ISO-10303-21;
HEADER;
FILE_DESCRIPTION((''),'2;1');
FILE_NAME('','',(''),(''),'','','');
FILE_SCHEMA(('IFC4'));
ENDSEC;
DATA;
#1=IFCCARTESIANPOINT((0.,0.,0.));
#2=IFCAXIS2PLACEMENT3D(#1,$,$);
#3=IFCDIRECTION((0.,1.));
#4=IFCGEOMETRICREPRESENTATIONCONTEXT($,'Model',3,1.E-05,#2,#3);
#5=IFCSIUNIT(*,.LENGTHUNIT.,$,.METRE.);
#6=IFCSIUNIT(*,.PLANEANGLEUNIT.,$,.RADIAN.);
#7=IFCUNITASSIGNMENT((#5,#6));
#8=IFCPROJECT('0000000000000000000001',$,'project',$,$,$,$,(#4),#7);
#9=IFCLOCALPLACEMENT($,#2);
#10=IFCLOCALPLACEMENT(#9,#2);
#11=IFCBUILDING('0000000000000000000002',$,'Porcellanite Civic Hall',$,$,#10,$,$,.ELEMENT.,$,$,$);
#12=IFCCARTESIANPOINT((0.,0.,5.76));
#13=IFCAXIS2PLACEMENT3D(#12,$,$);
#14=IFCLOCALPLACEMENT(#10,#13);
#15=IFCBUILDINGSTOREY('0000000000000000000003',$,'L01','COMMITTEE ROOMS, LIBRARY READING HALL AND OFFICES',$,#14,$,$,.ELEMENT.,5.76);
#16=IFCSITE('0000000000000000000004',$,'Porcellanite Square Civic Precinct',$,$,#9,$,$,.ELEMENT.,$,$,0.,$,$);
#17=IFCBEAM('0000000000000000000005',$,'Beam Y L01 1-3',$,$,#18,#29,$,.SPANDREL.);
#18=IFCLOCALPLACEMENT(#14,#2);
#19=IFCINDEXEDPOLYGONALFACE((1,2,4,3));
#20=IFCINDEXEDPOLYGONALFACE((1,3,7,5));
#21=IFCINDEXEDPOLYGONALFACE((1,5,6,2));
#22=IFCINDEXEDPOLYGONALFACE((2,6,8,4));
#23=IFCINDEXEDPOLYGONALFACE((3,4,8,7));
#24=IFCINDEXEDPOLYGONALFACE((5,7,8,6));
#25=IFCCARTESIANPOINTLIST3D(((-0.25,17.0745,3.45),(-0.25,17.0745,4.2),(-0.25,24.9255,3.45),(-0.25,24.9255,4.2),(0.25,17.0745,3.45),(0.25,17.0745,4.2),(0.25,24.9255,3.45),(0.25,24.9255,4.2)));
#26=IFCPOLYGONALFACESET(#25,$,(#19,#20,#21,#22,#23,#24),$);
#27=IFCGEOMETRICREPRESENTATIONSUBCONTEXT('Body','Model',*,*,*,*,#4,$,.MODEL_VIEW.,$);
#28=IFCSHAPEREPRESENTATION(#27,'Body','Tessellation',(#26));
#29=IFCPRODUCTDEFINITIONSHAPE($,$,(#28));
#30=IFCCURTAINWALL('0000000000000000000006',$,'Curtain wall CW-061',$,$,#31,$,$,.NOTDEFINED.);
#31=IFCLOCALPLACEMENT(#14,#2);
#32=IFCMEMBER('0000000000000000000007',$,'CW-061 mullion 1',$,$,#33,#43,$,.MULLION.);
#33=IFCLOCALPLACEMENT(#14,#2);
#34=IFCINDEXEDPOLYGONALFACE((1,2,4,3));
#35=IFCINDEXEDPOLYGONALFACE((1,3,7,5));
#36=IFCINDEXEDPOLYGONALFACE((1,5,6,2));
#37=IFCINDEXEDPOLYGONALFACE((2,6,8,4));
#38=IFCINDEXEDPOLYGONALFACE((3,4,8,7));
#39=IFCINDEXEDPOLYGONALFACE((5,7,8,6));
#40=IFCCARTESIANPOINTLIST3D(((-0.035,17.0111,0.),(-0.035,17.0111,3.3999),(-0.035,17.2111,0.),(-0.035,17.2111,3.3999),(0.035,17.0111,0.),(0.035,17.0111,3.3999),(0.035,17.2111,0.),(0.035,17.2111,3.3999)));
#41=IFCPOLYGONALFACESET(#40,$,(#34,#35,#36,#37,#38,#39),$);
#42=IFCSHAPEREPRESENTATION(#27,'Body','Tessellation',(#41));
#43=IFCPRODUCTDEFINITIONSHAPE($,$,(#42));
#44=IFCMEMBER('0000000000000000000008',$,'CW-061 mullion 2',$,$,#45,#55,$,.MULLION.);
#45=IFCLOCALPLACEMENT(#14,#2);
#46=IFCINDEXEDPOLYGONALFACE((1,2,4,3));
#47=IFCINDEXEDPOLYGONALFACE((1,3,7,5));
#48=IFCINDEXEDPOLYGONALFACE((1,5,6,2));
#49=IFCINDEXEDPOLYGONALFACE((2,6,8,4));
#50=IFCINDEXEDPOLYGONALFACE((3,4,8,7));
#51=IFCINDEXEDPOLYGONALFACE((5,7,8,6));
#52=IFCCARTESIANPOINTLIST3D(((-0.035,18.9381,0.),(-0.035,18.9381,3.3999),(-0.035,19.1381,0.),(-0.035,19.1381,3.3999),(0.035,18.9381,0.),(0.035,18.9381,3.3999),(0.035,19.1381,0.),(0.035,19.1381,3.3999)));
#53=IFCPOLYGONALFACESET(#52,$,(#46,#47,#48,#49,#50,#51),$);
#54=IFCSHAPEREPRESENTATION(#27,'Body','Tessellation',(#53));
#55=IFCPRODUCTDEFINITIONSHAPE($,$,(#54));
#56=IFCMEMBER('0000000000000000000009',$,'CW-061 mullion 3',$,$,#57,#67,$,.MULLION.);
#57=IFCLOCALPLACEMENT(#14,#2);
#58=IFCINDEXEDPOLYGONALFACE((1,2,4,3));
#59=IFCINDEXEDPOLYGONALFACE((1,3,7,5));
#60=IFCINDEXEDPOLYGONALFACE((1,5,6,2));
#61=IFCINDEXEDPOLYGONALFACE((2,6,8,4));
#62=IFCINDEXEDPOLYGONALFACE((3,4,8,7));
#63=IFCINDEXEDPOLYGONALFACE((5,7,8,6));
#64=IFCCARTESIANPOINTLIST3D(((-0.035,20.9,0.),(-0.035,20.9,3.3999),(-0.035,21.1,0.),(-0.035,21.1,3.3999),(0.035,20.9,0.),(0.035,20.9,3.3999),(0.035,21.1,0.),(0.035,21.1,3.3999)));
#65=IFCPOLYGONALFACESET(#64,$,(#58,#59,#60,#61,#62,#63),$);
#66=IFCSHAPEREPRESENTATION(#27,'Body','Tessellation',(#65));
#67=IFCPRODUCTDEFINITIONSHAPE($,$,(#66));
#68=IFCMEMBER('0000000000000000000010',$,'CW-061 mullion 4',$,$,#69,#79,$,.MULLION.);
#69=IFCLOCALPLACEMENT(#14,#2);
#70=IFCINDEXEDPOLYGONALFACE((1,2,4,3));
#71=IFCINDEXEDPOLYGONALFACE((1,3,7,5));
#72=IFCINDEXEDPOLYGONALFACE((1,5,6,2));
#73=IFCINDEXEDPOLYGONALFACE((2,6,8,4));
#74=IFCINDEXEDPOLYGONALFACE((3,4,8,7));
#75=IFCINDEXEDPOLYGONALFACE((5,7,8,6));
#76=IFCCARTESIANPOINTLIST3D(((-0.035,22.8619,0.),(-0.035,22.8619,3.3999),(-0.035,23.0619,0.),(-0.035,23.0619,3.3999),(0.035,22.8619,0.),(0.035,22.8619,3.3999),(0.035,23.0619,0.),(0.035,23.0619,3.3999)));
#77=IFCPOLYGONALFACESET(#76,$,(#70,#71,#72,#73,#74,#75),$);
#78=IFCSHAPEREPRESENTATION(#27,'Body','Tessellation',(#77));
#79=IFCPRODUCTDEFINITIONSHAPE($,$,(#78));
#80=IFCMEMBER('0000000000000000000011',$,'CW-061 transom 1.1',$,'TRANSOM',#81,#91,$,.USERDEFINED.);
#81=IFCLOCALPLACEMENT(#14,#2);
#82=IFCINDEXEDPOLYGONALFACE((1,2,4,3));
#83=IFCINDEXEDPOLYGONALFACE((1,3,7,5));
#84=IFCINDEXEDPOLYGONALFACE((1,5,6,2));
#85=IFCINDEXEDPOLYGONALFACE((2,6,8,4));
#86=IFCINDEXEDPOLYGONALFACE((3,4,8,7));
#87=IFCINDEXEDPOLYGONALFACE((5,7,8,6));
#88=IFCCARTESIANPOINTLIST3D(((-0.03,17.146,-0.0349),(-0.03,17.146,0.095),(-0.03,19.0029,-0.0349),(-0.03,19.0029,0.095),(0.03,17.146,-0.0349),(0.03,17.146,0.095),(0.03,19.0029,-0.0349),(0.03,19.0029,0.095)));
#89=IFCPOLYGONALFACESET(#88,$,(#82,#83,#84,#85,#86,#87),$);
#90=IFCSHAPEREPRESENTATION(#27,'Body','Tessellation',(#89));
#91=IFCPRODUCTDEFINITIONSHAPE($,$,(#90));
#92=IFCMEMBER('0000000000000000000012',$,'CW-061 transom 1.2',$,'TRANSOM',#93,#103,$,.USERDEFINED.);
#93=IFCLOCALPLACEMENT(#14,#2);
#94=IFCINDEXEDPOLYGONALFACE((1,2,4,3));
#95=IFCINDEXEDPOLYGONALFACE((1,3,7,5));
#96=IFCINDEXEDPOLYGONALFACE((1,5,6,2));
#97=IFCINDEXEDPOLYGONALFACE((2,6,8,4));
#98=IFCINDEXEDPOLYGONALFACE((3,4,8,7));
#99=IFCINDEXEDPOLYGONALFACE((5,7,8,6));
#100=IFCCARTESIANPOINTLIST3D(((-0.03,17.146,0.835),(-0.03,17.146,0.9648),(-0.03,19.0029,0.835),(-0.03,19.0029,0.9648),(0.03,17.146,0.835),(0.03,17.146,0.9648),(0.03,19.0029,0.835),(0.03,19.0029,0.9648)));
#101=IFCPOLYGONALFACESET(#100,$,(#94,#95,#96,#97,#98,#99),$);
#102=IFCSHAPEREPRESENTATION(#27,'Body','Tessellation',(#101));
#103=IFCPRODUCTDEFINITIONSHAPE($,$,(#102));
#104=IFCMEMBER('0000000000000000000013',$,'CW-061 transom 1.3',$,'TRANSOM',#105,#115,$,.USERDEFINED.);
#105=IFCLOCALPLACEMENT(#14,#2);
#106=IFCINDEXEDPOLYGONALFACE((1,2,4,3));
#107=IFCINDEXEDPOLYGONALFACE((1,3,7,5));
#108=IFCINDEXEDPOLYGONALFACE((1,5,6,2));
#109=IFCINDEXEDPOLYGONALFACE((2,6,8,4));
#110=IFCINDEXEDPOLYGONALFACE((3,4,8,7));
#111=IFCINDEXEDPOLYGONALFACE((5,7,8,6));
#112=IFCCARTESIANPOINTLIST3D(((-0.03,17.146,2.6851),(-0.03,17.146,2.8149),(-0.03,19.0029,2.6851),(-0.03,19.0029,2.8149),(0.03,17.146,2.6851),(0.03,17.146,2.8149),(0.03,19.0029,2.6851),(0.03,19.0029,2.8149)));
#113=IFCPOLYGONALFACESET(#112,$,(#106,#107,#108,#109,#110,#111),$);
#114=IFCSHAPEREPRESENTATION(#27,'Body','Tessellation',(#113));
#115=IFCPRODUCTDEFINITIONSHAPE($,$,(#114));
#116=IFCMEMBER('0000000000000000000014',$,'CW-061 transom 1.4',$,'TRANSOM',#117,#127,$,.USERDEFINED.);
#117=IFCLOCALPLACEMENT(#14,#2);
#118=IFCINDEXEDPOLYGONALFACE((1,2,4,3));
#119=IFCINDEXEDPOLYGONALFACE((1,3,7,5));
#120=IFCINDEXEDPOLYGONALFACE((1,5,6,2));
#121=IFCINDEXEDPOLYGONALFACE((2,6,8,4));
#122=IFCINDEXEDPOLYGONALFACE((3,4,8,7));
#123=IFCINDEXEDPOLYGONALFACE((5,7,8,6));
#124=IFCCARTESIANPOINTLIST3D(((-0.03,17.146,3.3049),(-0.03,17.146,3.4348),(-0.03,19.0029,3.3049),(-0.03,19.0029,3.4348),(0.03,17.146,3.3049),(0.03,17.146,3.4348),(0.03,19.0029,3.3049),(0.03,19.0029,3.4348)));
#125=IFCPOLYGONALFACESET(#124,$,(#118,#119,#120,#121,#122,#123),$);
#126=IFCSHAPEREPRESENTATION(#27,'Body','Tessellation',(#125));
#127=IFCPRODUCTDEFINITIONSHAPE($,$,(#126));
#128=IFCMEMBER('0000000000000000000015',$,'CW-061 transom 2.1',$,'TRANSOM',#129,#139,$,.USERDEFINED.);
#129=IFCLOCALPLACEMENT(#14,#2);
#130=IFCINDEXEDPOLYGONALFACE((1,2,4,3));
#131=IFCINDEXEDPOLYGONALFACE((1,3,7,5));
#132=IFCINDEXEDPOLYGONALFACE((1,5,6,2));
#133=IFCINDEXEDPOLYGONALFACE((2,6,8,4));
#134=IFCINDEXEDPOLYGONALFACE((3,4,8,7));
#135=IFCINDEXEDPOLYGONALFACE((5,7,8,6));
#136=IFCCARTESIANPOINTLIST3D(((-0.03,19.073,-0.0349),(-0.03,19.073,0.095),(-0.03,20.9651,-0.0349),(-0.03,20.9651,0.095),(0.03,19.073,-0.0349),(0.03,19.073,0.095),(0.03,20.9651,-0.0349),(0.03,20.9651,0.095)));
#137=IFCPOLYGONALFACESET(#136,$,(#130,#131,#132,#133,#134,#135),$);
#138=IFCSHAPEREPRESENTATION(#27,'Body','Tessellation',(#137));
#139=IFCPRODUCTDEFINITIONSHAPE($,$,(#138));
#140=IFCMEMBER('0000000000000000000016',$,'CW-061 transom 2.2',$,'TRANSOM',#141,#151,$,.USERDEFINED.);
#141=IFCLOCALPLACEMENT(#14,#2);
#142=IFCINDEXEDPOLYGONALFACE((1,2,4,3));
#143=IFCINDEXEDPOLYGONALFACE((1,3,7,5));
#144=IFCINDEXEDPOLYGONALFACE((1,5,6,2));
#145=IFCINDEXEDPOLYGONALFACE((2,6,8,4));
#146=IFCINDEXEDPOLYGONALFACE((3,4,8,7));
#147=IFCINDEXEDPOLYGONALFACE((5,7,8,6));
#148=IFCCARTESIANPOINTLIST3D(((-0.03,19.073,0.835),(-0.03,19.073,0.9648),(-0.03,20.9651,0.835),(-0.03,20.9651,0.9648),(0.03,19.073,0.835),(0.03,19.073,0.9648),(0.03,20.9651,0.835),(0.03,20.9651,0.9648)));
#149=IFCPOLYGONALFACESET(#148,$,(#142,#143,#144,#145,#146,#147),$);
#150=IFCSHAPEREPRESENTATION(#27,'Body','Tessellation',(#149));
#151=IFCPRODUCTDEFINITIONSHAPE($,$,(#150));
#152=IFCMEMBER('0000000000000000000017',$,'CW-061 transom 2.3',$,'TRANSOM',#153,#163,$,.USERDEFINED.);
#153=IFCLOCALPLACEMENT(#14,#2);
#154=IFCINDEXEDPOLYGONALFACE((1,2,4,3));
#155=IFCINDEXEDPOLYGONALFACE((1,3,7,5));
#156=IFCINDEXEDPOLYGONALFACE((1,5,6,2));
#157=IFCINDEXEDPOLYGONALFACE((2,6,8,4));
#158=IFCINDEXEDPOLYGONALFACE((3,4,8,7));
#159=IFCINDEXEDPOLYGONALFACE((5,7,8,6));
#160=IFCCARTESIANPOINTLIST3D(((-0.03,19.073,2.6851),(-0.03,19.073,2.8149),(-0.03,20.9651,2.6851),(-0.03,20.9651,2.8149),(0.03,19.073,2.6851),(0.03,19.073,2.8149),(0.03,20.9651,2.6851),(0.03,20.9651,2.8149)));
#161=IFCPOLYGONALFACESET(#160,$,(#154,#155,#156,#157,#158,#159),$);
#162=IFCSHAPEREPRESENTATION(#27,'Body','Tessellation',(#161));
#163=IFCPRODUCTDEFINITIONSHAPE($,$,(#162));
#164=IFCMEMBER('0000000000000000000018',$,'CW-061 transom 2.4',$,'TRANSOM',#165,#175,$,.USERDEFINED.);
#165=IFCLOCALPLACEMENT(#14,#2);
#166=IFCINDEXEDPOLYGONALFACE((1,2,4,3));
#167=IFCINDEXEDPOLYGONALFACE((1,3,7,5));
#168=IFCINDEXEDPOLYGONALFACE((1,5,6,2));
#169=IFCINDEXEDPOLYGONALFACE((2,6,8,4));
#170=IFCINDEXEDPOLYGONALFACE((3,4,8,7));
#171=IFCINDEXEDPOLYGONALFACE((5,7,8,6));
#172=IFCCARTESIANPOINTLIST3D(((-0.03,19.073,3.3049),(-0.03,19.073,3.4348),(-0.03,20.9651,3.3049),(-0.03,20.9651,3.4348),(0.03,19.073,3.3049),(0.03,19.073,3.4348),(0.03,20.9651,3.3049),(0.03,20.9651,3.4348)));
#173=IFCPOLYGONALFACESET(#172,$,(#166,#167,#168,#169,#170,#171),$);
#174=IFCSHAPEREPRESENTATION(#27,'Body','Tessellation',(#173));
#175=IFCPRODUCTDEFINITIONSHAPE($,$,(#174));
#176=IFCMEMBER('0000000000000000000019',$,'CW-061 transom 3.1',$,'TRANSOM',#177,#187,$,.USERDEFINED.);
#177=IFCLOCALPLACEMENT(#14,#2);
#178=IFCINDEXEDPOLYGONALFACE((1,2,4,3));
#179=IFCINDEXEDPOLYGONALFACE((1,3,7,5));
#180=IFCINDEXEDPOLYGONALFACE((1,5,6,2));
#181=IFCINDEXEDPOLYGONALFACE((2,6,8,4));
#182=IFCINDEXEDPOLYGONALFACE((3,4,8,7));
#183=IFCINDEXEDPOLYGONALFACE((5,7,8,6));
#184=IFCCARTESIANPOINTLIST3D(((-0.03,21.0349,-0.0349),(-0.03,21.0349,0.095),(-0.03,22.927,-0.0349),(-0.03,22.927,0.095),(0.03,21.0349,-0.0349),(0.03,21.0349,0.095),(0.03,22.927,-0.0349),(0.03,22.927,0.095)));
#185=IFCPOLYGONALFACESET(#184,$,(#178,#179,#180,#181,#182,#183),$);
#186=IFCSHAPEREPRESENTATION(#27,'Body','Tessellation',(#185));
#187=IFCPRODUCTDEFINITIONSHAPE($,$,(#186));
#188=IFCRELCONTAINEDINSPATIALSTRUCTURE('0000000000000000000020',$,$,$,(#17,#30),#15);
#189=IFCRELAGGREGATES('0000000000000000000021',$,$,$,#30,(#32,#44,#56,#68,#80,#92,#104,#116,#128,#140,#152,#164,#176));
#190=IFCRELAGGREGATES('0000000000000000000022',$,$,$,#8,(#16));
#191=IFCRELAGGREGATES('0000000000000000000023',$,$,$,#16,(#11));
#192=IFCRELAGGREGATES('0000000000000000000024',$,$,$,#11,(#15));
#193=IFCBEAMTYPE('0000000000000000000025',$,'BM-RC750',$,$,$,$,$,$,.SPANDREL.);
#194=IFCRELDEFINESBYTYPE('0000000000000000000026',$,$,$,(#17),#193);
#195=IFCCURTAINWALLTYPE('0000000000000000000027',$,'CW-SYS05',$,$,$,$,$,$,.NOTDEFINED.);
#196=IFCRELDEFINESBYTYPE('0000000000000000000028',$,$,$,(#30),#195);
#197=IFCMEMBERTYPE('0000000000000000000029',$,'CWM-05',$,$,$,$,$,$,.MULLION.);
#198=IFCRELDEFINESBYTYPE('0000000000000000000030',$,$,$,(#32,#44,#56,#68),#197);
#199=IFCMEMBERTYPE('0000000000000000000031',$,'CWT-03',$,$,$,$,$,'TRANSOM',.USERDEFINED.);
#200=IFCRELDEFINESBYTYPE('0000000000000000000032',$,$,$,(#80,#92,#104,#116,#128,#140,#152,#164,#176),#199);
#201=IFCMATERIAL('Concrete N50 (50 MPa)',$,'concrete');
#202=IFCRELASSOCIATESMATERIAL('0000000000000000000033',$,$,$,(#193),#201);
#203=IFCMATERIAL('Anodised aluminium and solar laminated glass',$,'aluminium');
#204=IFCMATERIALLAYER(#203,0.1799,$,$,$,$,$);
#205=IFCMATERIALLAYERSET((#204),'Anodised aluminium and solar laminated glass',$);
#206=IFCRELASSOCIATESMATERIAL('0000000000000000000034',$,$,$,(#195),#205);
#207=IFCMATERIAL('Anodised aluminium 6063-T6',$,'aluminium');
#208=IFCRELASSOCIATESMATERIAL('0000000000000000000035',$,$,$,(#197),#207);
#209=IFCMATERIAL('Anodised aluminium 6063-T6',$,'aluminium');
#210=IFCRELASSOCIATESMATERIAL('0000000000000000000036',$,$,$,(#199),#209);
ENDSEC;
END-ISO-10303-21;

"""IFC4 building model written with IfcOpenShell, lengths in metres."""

from ifc_helpers import new_model, si_unit, direction, frame, origin, origin_2d, place, context, subcontext, project, spatial, rectangle, extrude, material, layer, layer_set, material_profile, profile_set, type_object, element, aggregate, save


model = new_model("IFC4")

# Units and contexts
model_context = context("Model", 3, precision=1e-05, world=origin(), true_north=direction((0.0, 1.0)))
body_context = subcontext(model_context, "Body", "Model", "MODEL_VIEW")
ifc_project = project(units=[si_unit("LENGTHUNIT", "METRE"), si_unit("PLANEANGLEUNIT", "RADIAN")], contexts=[model_context])

# Site, building, storey
site_placement = place(None, origin())
site = spatial("IfcSite", under=ifc_project, at=site_placement, Name="Porcellanite Square Civic Precinct", CompositionType="ELEMENT", RefElevation=0.0)
building_placement = place(site_placement, origin())
building = spatial("IfcBuilding", under=site, at=building_placement, Name="Porcellanite Civic Hall", CompositionType="ELEMENT")
storey_placement = place(building_placement, frame((0.0, 0.0, 5.76)))
storey = spatial("IfcBuildingStorey", under=building, at=storey_placement, Name="L01", Description="COMMITTEE ROOMS, LIBRARY READING HALL AND OFFICES", CompositionType="ELEMENT", Elevation=5.76)

# Beam
ifc_material_1 = material(Name="Concrete N50 (50 MPa)", Category="concrete")
ifc_material_profile_1 = material_profile(ifc_material_1, rectangle(XDim=0.5, YDim=0.75, at=origin_2d()), Name="RC-500x750")
ifc_profile_set_1 = profile_set([ifc_material_profile_1], Name="Concrete N50 (50 MPa)")
beam_type = type_object("IfcBeamType", Name="BM-RC750", PredefinedType="SPANDREL", material=ifc_profile_set_1)
beam_placement = place(storey_placement, frame((0.0, 17.0745, 3.825), z_axis=(0.0, 1.0, 0.0), x_axis=(-1.0, 0.0, 0.0)))
element("IfcBeam", 1, at=beam_placement, inside=storey, type_object=beam_type, Name="Beam Y L01 1-3", PredefinedType="SPANDREL", context=body_context, shape_type="SweptSolid", body=[
    extrude(rectangle(XDim=0.5, YDim=0.75, at=origin_2d()), origin(), (0.0, 0.0, 1.0), 7.8511),
])

# Curtain wall, members
ifc_material_2 = material(Name="Anodised aluminium and solar laminated glass", Category="aluminium")
ifc_layer_1 = layer(ifc_material_2, 0.1799)
ifc_layer_set_1 = layer_set([ifc_layer_1], Name="Anodised aluminium and solar laminated glass")
curtain_wall_type = type_object("IfcCurtainWallType", Name="CW-SYS05", PredefinedType="NOTDEFINED", material=ifc_layer_set_1)
curtain_wall_placement = place(storey_placement, origin())
curtain_wall = element("IfcCurtainWall", 2, at=curtain_wall_placement, inside=storey, type_object=curtain_wall_type, Name="Curtain wall CW-061", PredefinedType="NOTDEFINED")
ifc_material_3 = material(Name="Anodised aluminium 6063-T6", Category="aluminium")
ifc_material_profile_2 = material_profile(ifc_material_3, rectangle(XDim=0.0701, YDim=0.2, at=origin_2d()), Name="AL-70x200")
ifc_profile_set_2 = profile_set([ifc_material_profile_2], Name="Anodised aluminium 6063-T6")
member_type_1 = type_object("IfcMemberType", Name="CWM-05", PredefinedType="MULLION", material=ifc_profile_set_2)
member_1_placement = place(storey_placement, frame((0.0, 17.1111, 0.0), z_axis=(0.0, 0.0, 1.0), x_axis=(-1.0, 0.0, 0.0)))
member_1 = element("IfcMember", 3, at=member_1_placement, type_object=member_type_1, Name="CW-061 mullion 1", PredefinedType="MULLION", context=body_context, shape_type="SweptSolid", body=[
    extrude(rectangle(XDim=0.0701, YDim=0.2, at=origin_2d()), origin(), (0.0, 0.0, 1.0), 3.3999),
])
member_2_placement = place(storey_placement, frame((0.0, 19.0381, 0.0), z_axis=(0.0, 0.0, 1.0), x_axis=(-1.0, 0.0, 0.0)))
member_2 = element("IfcMember", 4, at=member_2_placement, type_object=member_type_1, Name="CW-061 mullion 2", PredefinedType="MULLION", context=body_context, shape_type="SweptSolid", body=[
    extrude(rectangle(XDim=0.0701, YDim=0.2, at=origin_2d()), origin(), (0.0, 0.0, 1.0), 3.3999),
])
member_3_placement = place(storey_placement, frame((0.0, 21.0, 0.0), z_axis=(0.0, 0.0, 1.0), x_axis=(-1.0, 0.0, 0.0)))
member_3 = element("IfcMember", 5, at=member_3_placement, type_object=member_type_1, Name="CW-061 mullion 3", PredefinedType="MULLION", context=body_context, shape_type="SweptSolid", body=[
    extrude(rectangle(XDim=0.0701, YDim=0.2, at=origin_2d()), origin(), (0.0, 0.0, 1.0), 3.3999),
])
member_4_placement = place(storey_placement, frame((0.0, 22.9619, 0.0), z_axis=(0.0, 0.0, 1.0), x_axis=(-1.0, 0.0, 0.0)))
member_4 = element("IfcMember", 6, at=member_4_placement, type_object=member_type_1, Name="CW-061 mullion 4", PredefinedType="MULLION", context=body_context, shape_type="SweptSolid", body=[
    extrude(rectangle(XDim=0.0701, YDim=0.2, at=origin_2d()), origin(), (0.0, 0.0, 1.0), 3.3999),
])
ifc_material_4 = material(Name="Anodised aluminium 6063-T6", Category="aluminium")
ifc_material_profile_3 = material_profile(ifc_material_4, rectangle(XDim=0.0601, YDim=0.1299, at=origin_2d()), Name="AL-60x130")
ifc_profile_set_3 = profile_set([ifc_material_profile_3], Name="Anodised aluminium 6063-T6")
member_type_2 = type_object("IfcMemberType", Name="CWT-03", ElementType="TRANSOM", PredefinedType="USERDEFINED", material=ifc_profile_set_3)
member_5_placement = place(storey_placement, frame((0.0, 17.146, 0.03), z_axis=(0.0, 1.0, 0.0), x_axis=(-1.0, 0.0, 0.0)))
member_5 = element("IfcMember", 7, at=member_5_placement, type_object=member_type_2, Name="CW-061 transom 1.1", ObjectType="TRANSOM", PredefinedType="USERDEFINED", context=body_context, shape_type="SweptSolid", body=[
    extrude(rectangle(XDim=0.0601, YDim=0.1299, at=origin_2d()), origin(), (0.0, 0.0, 1.0), 1.8569),
])
member_6_placement = place(storey_placement, frame((0.0, 17.146, 0.8999), z_axis=(0.0, 1.0, 0.0), x_axis=(-1.0, 0.0, 0.0)))
member_6 = element("IfcMember", 8, at=member_6_placement, type_object=member_type_2, Name="CW-061 transom 1.2", ObjectType="TRANSOM", PredefinedType="USERDEFINED", context=body_context, shape_type="SweptSolid", body=[
    extrude(rectangle(XDim=0.0601, YDim=0.1299, at=origin_2d()), origin(), (0.0, 0.0, 1.0), 1.8569),
])
member_7_placement = place(storey_placement, frame((0.0, 17.146, 2.75), z_axis=(0.0, 1.0, 0.0), x_axis=(-1.0, 0.0, 0.0)))
member_7 = element("IfcMember", 9, at=member_7_placement, type_object=member_type_2, Name="CW-061 transom 1.3", ObjectType="TRANSOM", PredefinedType="USERDEFINED", context=body_context, shape_type="SweptSolid", body=[
    extrude(rectangle(XDim=0.0601, YDim=0.1299, at=origin_2d()), origin(), (0.0, 0.0, 1.0), 1.8569),
])
member_8_placement = place(storey_placement, frame((0.0, 17.146, 3.3699), z_axis=(0.0, 1.0, 0.0), x_axis=(-1.0, 0.0, 0.0)))
member_8 = element("IfcMember", 10, at=member_8_placement, type_object=member_type_2, Name="CW-061 transom 1.4", ObjectType="TRANSOM", PredefinedType="USERDEFINED", context=body_context, shape_type="SweptSolid", body=[
    extrude(rectangle(XDim=0.0601, YDim=0.1299, at=origin_2d()), origin(), (0.0, 0.0, 1.0), 1.8569),
])
member_9_placement = place(storey_placement, frame((0.0, 19.073, 0.03), z_axis=(0.0, 1.0, 0.0), x_axis=(-1.0, 0.0, 0.0)))
member_9 = element("IfcMember", 11, at=member_9_placement, type_object=member_type_2, Name="CW-061 transom 2.1", ObjectType="TRANSOM", PredefinedType="USERDEFINED", context=body_context, shape_type="SweptSolid", body=[
    extrude(rectangle(XDim=0.0601, YDim=0.1299, at=origin_2d()), origin(), (0.0, 0.0, 1.0), 1.8921),
])
member_10_placement = place(storey_placement, frame((0.0, 19.073, 0.8999), z_axis=(0.0, 1.0, 0.0), x_axis=(-1.0, 0.0, 0.0)))
member_10 = element("IfcMember", 12, at=member_10_placement, type_object=member_type_2, Name="CW-061 transom 2.2", ObjectType="TRANSOM", PredefinedType="USERDEFINED", context=body_context, shape_type="SweptSolid", body=[
    extrude(rectangle(XDim=0.0601, YDim=0.1299, at=origin_2d()), origin(), (0.0, 0.0, 1.0), 1.8921),
])
member_11_placement = place(storey_placement, frame((0.0, 19.073, 2.75), z_axis=(0.0, 1.0, 0.0), x_axis=(-1.0, 0.0, 0.0)))
member_11 = element("IfcMember", 13, at=member_11_placement, type_object=member_type_2, Name="CW-061 transom 2.3", ObjectType="TRANSOM", PredefinedType="USERDEFINED", context=body_context, shape_type="SweptSolid", body=[
    extrude(rectangle(XDim=0.0601, YDim=0.1299, at=origin_2d()), origin(), (0.0, 0.0, 1.0), 1.8921),
])
member_12_placement = place(storey_placement, frame((0.0, 19.073, 3.3699), z_axis=(0.0, 1.0, 0.0), x_axis=(-1.0, 0.0, 0.0)))
member_12 = element("IfcMember", 14, at=member_12_placement, type_object=member_type_2, Name="CW-061 transom 2.4", ObjectType="TRANSOM", PredefinedType="USERDEFINED", context=body_context, shape_type="SweptSolid", body=[
    extrude(rectangle(XDim=0.0601, YDim=0.1299, at=origin_2d()), origin(), (0.0, 0.0, 1.0), 1.8921),
])
member_13_placement = place(storey_placement, frame((0.0, 21.0349, 0.03), z_axis=(0.0, 1.0, 0.0), x_axis=(-1.0, 0.0, 0.0)))
member_13 = element("IfcMember", 15, at=member_13_placement, type_object=member_type_2, Name="CW-061 transom 3.1", ObjectType="TRANSOM", PredefinedType="USERDEFINED", context=body_context, shape_type="SweptSolid", body=[
    extrude(rectangle(XDim=0.0601, YDim=0.1299, at=origin_2d()), origin(), (0.0, 0.0, 1.0), 1.8921),
])

aggregate(curtain_wall, [member_1, member_2, member_3, member_4, member_5, member_6, member_7, member_8, member_9, member_10, member_11, member_12, member_13])

save(model, "model.ifc")
